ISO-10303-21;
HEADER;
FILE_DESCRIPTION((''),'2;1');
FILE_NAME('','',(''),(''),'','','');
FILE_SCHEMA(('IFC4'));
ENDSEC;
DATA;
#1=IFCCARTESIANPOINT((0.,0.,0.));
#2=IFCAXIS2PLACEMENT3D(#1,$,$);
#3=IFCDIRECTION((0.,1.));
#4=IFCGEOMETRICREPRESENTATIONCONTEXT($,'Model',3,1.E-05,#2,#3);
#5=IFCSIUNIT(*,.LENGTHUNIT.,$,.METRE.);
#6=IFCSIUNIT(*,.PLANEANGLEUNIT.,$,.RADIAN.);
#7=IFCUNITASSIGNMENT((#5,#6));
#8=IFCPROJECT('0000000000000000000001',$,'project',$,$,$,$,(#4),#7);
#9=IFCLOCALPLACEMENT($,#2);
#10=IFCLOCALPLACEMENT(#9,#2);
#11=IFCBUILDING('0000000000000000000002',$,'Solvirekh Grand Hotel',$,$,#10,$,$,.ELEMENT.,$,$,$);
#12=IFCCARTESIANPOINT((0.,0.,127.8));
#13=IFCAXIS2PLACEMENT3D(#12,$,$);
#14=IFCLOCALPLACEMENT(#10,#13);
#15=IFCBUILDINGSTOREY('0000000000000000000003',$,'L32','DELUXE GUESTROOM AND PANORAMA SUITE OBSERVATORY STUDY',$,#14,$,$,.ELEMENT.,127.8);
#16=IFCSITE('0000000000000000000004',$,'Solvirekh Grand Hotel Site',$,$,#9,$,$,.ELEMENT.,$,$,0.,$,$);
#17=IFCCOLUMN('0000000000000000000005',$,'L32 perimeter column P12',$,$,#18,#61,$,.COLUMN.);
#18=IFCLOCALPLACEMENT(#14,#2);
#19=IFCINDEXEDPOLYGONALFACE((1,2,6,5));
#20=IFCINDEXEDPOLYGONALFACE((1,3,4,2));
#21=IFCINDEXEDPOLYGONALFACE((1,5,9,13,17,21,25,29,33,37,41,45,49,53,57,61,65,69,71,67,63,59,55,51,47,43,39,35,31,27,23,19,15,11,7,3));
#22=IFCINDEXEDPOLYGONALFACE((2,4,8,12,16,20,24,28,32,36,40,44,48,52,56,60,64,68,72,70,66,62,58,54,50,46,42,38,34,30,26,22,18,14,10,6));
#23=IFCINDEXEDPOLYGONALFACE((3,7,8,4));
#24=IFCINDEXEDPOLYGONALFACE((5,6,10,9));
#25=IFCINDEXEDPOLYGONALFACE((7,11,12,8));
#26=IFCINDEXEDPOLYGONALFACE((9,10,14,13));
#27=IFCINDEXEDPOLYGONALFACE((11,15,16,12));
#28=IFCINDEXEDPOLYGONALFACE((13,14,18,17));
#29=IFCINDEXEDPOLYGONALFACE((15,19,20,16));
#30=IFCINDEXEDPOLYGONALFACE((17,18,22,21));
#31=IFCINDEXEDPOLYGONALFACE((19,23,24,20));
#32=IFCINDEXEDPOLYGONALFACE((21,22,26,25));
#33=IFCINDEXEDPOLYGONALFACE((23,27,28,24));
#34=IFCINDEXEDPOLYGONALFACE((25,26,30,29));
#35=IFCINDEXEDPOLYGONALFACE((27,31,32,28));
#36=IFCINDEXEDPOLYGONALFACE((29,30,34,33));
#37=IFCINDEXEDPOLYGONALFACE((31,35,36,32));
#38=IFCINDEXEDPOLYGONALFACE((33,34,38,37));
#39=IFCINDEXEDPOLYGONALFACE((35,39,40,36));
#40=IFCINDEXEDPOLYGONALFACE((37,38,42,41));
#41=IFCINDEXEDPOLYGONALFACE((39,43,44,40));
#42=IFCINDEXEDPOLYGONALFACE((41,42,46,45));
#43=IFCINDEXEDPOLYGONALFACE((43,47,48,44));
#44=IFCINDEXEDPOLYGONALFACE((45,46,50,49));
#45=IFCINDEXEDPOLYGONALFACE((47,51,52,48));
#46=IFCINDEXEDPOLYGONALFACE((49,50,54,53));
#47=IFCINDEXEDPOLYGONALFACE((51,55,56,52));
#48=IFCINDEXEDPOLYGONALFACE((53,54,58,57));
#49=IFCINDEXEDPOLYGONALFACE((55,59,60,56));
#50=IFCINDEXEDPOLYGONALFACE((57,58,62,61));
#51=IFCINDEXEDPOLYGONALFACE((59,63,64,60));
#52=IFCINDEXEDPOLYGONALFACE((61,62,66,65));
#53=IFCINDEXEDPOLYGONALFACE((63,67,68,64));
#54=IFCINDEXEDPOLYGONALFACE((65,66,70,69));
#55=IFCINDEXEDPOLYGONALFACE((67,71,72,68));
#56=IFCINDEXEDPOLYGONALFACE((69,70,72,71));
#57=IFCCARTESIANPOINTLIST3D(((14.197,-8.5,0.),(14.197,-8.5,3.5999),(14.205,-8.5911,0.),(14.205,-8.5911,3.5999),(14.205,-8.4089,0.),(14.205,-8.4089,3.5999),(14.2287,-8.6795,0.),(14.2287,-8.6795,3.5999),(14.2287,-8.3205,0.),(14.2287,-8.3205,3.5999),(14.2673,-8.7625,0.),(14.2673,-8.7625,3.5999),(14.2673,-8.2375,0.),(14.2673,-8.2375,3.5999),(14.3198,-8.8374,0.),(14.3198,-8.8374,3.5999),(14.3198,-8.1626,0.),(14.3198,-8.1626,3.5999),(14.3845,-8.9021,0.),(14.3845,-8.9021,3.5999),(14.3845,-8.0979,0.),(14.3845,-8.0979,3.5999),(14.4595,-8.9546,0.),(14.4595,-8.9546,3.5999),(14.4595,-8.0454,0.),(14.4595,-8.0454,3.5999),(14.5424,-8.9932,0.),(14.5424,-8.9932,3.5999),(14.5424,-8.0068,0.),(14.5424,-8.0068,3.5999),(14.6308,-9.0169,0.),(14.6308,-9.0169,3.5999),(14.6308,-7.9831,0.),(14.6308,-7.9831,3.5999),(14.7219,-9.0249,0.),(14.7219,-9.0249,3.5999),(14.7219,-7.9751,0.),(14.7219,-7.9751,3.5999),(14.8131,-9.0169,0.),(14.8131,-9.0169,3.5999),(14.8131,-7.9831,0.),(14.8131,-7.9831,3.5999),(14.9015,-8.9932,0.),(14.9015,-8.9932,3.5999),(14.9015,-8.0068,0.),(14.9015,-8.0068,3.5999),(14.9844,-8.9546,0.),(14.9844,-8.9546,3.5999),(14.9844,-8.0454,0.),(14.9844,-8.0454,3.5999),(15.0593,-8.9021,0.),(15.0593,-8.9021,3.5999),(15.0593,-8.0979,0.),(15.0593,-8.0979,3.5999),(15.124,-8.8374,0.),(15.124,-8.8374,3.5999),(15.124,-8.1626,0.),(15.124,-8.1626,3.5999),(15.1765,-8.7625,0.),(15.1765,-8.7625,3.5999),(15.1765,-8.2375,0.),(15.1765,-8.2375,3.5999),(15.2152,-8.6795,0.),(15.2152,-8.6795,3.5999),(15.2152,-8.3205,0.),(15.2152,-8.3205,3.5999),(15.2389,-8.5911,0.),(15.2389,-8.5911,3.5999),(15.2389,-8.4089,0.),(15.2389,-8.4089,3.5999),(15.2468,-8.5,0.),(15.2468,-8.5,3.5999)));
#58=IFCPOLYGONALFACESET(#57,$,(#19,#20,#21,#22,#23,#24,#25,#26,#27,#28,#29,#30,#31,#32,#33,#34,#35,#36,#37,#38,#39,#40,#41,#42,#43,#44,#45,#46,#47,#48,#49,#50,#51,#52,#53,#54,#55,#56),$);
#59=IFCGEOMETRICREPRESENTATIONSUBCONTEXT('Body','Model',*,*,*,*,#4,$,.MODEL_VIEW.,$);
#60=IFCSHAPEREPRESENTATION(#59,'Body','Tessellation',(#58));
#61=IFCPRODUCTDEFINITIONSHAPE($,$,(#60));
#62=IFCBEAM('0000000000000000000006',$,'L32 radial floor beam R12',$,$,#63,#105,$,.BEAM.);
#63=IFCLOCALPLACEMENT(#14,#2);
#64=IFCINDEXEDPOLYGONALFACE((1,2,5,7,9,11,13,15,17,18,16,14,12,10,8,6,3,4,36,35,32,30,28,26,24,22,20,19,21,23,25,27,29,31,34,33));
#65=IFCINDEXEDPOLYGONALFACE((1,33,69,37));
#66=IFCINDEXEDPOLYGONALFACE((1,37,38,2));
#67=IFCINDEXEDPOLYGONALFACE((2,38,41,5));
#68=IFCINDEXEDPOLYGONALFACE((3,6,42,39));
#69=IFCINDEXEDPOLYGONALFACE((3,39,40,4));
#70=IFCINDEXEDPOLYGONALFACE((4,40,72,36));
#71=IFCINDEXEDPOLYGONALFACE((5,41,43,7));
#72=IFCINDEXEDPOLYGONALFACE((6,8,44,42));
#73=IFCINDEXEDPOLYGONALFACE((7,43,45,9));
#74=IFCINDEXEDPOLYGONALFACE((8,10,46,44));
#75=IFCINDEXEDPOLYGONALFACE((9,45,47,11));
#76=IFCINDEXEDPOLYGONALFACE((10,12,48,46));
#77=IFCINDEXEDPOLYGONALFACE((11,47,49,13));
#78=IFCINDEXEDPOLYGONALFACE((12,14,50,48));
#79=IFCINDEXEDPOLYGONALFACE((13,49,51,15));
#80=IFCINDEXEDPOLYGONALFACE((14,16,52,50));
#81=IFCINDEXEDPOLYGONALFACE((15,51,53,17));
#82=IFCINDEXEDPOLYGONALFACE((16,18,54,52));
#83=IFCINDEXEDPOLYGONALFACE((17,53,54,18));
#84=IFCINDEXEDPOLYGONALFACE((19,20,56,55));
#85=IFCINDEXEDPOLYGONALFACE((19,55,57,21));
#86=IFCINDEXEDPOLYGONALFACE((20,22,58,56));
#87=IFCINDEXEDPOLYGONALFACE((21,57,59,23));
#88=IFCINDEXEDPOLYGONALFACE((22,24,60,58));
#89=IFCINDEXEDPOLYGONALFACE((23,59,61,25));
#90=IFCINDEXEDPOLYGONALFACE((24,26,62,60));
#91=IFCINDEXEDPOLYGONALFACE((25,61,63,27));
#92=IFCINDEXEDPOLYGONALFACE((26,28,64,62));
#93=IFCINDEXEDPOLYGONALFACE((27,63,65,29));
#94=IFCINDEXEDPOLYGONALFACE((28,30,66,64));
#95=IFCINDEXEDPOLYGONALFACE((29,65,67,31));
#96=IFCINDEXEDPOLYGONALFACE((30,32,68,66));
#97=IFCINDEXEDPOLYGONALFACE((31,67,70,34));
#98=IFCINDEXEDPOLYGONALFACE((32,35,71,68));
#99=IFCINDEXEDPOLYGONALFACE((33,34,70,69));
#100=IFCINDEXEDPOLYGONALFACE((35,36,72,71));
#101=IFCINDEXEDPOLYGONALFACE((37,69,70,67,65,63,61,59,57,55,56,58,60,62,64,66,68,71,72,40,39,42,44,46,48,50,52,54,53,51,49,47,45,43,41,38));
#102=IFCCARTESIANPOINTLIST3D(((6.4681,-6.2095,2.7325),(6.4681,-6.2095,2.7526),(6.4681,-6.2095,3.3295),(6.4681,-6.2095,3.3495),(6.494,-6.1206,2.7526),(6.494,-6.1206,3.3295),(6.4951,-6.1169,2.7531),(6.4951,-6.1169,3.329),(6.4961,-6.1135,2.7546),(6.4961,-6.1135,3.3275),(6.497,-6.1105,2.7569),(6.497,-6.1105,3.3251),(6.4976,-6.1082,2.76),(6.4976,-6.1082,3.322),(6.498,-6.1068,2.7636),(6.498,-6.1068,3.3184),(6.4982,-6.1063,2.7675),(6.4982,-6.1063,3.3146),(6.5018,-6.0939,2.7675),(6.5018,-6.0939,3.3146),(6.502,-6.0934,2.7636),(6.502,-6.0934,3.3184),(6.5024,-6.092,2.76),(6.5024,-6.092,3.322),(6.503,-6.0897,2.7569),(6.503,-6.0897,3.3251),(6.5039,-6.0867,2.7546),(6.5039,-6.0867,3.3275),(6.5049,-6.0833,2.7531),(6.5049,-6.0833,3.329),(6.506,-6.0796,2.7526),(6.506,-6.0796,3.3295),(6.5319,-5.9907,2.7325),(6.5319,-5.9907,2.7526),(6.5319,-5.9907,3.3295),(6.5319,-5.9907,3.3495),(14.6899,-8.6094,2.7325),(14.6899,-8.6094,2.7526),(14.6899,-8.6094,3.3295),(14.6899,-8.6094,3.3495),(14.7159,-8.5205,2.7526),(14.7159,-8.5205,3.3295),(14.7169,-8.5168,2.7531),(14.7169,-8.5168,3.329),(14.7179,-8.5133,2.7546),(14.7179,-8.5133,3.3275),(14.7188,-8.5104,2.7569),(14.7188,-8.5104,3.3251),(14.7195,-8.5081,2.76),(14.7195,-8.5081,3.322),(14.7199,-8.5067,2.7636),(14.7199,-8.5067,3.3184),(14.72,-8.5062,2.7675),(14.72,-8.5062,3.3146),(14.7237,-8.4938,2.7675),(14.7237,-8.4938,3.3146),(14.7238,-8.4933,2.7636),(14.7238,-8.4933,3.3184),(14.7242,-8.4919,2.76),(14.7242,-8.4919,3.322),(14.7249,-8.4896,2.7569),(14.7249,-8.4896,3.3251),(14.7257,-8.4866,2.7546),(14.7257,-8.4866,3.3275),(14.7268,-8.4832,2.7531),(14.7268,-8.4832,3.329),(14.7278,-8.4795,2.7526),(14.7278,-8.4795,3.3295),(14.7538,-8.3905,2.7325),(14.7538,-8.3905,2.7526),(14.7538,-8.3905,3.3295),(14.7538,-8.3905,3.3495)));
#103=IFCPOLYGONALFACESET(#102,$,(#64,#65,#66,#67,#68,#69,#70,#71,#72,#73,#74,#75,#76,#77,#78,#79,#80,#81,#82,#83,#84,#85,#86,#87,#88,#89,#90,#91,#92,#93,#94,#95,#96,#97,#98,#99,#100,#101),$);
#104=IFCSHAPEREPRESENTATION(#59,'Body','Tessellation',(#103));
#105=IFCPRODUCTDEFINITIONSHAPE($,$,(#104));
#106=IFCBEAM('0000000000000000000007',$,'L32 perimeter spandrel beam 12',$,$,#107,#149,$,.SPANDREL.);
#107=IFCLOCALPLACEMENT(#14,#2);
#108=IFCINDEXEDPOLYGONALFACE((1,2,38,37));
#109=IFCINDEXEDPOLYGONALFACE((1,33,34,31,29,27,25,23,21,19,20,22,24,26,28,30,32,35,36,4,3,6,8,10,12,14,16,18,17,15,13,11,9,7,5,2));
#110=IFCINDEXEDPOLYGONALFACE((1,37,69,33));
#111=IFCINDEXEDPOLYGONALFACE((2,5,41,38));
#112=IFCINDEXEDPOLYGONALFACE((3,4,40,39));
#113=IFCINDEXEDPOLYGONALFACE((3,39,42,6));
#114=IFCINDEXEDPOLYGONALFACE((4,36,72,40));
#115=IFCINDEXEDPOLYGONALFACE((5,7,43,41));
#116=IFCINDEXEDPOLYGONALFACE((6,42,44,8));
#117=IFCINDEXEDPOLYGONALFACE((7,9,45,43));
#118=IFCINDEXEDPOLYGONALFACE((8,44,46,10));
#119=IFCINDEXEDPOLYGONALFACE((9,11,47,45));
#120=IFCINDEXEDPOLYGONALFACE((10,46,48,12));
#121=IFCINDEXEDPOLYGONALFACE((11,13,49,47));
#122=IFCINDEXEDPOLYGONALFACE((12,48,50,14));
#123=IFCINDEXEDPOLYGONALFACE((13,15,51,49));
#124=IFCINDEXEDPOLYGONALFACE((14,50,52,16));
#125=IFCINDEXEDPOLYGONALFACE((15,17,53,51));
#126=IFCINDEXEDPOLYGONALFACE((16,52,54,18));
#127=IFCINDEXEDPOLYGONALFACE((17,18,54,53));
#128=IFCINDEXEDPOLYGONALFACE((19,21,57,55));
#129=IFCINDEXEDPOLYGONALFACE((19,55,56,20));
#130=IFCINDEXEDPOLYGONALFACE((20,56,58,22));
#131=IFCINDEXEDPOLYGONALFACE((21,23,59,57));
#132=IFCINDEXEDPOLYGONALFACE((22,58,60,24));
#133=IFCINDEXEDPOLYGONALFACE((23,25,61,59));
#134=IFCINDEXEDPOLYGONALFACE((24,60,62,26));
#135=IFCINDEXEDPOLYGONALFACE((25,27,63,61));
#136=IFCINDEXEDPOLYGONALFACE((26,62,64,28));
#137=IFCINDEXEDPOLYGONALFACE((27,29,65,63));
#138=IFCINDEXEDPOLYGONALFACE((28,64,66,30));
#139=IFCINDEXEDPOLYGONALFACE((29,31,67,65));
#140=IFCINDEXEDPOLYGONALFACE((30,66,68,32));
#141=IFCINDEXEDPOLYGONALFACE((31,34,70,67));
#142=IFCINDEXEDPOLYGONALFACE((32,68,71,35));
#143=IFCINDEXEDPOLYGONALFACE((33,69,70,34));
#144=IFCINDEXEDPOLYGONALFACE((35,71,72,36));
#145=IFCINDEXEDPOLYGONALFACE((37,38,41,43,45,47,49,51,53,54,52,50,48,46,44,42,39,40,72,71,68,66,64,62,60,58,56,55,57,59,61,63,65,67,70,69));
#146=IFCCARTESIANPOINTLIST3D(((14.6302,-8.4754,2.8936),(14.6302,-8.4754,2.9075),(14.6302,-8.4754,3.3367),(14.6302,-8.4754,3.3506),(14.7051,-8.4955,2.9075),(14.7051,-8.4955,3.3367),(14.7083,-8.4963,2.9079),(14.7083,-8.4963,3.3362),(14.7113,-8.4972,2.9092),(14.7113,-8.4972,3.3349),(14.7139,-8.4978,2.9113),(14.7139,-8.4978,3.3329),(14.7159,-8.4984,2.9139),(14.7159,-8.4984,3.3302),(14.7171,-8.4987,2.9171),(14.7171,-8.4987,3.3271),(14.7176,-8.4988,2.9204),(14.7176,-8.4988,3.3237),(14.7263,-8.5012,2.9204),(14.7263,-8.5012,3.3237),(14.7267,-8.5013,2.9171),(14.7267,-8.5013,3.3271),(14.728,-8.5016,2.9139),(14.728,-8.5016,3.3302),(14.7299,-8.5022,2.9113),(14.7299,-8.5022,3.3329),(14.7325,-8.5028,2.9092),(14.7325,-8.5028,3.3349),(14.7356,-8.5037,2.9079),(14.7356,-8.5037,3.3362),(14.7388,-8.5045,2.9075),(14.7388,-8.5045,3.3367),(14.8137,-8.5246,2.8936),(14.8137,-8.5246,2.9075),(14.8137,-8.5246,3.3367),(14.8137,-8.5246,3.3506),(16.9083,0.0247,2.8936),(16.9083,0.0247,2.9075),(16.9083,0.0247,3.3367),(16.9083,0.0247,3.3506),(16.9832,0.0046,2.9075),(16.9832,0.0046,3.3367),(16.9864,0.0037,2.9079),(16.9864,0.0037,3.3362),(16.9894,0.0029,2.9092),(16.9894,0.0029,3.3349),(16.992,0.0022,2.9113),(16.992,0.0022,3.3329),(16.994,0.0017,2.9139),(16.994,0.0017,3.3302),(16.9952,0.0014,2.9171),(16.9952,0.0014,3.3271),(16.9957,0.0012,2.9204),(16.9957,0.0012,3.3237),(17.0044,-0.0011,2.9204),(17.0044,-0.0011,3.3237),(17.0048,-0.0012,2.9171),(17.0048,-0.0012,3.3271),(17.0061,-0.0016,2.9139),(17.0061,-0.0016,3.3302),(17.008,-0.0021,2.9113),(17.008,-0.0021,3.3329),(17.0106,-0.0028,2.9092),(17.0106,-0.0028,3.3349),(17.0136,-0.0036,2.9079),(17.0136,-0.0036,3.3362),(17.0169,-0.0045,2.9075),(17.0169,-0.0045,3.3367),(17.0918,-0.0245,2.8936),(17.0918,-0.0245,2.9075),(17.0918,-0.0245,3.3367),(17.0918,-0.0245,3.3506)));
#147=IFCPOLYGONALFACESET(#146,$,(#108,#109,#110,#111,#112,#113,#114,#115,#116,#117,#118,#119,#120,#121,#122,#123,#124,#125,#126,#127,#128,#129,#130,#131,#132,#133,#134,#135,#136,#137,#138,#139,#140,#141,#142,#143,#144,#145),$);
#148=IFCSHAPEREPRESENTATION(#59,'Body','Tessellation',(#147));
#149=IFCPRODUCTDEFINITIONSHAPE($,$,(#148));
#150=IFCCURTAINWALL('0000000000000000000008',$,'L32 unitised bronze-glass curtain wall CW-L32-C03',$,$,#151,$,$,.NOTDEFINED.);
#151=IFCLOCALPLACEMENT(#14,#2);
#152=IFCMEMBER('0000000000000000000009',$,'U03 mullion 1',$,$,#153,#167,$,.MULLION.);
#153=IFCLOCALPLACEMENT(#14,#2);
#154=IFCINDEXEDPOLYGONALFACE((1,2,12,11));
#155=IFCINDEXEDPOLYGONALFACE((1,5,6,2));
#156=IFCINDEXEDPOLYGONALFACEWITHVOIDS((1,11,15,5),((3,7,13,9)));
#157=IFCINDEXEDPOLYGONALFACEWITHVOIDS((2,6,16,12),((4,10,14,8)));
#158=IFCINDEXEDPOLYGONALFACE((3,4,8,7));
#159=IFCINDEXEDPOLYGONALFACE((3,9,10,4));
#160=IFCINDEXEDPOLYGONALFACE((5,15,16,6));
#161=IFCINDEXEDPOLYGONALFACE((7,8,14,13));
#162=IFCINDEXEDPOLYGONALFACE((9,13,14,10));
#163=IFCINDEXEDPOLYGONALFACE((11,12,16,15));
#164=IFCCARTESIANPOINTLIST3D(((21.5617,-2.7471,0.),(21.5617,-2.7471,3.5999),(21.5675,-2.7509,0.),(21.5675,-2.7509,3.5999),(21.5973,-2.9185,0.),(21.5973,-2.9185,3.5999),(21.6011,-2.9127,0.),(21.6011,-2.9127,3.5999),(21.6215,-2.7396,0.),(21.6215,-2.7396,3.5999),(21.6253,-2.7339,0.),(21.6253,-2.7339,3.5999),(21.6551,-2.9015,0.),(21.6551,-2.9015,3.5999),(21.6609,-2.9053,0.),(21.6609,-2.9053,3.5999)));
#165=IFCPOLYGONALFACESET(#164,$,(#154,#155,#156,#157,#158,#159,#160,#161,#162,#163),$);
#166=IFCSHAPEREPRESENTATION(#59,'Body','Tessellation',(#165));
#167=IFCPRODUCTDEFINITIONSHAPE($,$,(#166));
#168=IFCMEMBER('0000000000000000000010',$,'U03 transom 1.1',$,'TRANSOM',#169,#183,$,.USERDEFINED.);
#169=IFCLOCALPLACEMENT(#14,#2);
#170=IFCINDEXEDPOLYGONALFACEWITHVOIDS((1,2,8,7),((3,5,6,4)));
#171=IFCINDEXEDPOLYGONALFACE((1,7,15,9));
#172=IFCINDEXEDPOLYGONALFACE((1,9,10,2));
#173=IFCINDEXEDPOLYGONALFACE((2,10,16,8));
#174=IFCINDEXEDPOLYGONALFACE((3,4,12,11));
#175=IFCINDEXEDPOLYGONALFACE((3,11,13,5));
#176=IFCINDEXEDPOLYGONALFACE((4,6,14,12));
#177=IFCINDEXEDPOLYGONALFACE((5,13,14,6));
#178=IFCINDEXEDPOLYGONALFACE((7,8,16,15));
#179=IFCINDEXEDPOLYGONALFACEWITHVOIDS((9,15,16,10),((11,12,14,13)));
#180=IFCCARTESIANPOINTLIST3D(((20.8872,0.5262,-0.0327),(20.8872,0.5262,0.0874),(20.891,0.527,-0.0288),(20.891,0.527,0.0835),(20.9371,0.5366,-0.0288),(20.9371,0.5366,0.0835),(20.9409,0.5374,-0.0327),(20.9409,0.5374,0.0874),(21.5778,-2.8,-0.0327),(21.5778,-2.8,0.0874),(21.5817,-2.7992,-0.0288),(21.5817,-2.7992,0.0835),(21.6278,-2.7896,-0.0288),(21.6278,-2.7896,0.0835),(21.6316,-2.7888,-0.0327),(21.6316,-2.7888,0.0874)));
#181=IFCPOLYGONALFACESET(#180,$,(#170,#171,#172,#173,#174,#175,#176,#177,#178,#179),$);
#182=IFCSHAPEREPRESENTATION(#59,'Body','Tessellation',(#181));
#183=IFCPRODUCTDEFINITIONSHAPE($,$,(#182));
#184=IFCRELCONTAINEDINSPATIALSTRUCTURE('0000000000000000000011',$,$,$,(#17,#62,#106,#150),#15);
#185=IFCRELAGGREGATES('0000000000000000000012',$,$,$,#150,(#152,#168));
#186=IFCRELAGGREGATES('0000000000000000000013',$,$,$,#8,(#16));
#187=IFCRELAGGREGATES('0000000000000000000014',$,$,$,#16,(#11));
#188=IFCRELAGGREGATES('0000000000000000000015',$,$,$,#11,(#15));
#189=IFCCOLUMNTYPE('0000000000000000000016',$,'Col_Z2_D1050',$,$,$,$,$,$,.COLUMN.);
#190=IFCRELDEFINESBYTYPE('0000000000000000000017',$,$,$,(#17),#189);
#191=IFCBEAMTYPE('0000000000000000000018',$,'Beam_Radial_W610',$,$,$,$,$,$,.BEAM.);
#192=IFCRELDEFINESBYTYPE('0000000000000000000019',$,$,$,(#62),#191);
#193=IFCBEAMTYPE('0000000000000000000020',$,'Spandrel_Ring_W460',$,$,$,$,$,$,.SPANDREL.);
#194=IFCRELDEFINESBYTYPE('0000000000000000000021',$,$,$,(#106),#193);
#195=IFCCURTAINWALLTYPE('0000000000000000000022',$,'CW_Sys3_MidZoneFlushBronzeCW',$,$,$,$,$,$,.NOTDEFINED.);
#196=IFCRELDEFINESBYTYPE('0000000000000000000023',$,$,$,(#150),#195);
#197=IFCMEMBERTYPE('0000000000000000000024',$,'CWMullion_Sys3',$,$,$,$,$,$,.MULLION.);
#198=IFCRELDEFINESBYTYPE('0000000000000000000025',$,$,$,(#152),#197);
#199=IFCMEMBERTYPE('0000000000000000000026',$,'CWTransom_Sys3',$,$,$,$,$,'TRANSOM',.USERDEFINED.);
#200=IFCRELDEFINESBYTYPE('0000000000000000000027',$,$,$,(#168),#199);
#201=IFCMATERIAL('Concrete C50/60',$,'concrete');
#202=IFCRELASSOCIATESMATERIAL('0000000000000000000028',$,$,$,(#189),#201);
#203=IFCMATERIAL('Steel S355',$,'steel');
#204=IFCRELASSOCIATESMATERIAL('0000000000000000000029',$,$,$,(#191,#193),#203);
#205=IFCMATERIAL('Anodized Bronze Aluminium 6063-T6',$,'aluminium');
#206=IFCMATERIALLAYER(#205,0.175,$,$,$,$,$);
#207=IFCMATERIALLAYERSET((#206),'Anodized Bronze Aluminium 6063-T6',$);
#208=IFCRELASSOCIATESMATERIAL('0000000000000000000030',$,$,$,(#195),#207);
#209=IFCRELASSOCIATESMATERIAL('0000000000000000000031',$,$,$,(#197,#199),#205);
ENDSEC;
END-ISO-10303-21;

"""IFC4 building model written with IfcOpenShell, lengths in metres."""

from ifc_helpers import new_model, si_unit, direction, frame, origin, origin_2d, place, context, subcontext, project, spatial, hollow_rectangle, circle, i_section, extrude, source, transform, mapped, material, layer, layer_set, material_profile, profile_set, type_object, element, aggregate, save


model = new_model("IFC4")

# Units and contexts
model_context = context("Model", 3, precision=1e-05, world=origin(), true_north=direction((0.0, 1.0)))
body_context = subcontext(model_context, "Body", "Model", "MODEL_VIEW")
ifc_project = project(units=[si_unit("LENGTHUNIT", "METRE"), si_unit("PLANEANGLEUNIT", "RADIAN")], contexts=[model_context])

# Site, building, storey
site_placement = place(None, origin())
site = spatial("IfcSite", under=ifc_project, at=site_placement, Name="Solvirekh Grand Hotel Site", CompositionType="ELEMENT", RefElevation=0.0)
building_placement = place(site_placement, origin())
building = spatial("IfcBuilding", under=site, at=building_placement, Name="Solvirekh Grand Hotel", CompositionType="ELEMENT")
storey_placement = place(building_placement, frame((0.0, 0.0, 127.8)))
storey = spatial("IfcBuildingStorey", under=building, at=storey_placement, Name="L32", Description="DELUXE GUESTROOM AND PANORAMA SUITE OBSERVATORY STUDY", CompositionType="ELEMENT", Elevation=127.8)

# Column
ifc_material_1 = material(Name="Concrete C50/60", Category="concrete")
ifc_material_profile_1 = material_profile(ifc_material_1, circle(Radius=0.5249, at=origin_2d()), Name="RC CIRC D1050")
ifc_profile_set_1 = profile_set([ifc_material_profile_1], Name="Concrete C50/60")
column_type = type_object("IfcColumnType", Name="Col_Z2_D1050", PredefinedType="COLUMN", material=ifc_profile_set_1)
column_placement = place(storey_placement, frame((14.7219, -8.5, 0.0), z_axis=(0.0, 0.0, 1.0), x_axis=(1.0, 0.0, 0.0)))
element("IfcColumn", 1, at=column_placement, inside=storey, type_object=column_type, Name="L32 perimeter column P12", PredefinedType="COLUMN", context=body_context, shape_type="SweptSolid", body=[
    extrude(circle(Radius=0.5249, at=origin_2d()), origin(), (0.0, 0.0, 1.0), 3.5999),
])

# Beams
ifc_material_2 = material(Name="Steel S355", Category="steel")
ifc_material_profile_2 = material_profile(ifc_material_2, i_section(OverallWidth=0.228, OverallDepth=0.6169, WebThickness=0.0129, FlangeThickness=0.02, FilletRadius=0.0149, at=origin_2d()), Name="W610X140")
ifc_profile_set_2 = profile_set([ifc_material_profile_2], Name="Steel S355")
beam_type_1 = type_object("IfcBeamType", Name="Beam_Radial_W610", PredefinedType="BEAM", material=ifc_profile_set_2)
beam_1_placement = place(storey_placement, frame((6.5, -6.1001, 3.041), z_axis=(0.959942, -0.280198, 0.0), x_axis=(0.280198, 0.959942, 0.0)))
element("IfcBeam", 2, at=beam_1_placement, inside=storey, type_object=beam_type_1, Name="L32 radial floor beam R12", PredefinedType="BEAM", context=body_context, shape_type="SweptSolid", body=[
    extrude(i_section(OverallWidth=0.228, OverallDepth=0.6169, WebThickness=0.0129, FlangeThickness=0.02, FilletRadius=0.0149, at=origin_2d()), origin(), (0.0, 0.0, 1.0), 8.5649),
])
ifc_material_profile_3 = material_profile(ifc_material_2, i_section(OverallWidth=0.1899, OverallDepth=0.457, WebThickness=0.009, FlangeThickness=0.0139, FilletRadius=0.0129, at=origin_2d()), Name="W460X74")
ifc_profile_set_3 = profile_set([ifc_material_profile_3], Name="Steel S355")
beam_type_2 = type_object("IfcBeamType", Name="Spandrel_Ring_W460", PredefinedType="SPANDREL", material=ifc_profile_set_3)
beam_2_placement = place(storey_placement, frame((14.7219, -8.5, 3.1221), z_axis=(0.258873, 0.965911, 0.0), x_axis=(-0.965911, 0.258873, 0.0)))
element("IfcBeam", 3, at=beam_2_placement, inside=storey, type_object=beam_type_2, Name="L32 perimeter spandrel beam 12", PredefinedType="SPANDREL", context=body_context, shape_type="SweptSolid", body=[
    extrude(i_section(OverallWidth=0.1899, OverallDepth=0.457, WebThickness=0.009, FlangeThickness=0.0139, FilletRadius=0.0129, at=origin_2d()), origin(), (0.0, 0.0, 1.0), 8.8),
])

# Curtain wall, members
ifc_material_3 = material(Name="Anodized Bronze Aluminium 6063-T6", Category="aluminium")
ifc_layer_1 = layer(ifc_material_3, 0.175)
ifc_layer_set_1 = layer_set([ifc_layer_1], Name="Anodized Bronze Aluminium 6063-T6")
curtain_wall_type = type_object("IfcCurtainWallType", Name="CW_Sys3_MidZoneFlushBronzeCW", PredefinedType="NOTDEFINED", material=ifc_layer_set_1)
curtain_wall_placement = place(storey_placement, origin())
curtain_wall = element("IfcCurtainWall", 4, at=curtain_wall_placement, inside=storey, type_object=curtain_wall_type, Name="L32 unitised bronze-glass curtain wall CW-L32-C03", PredefinedType="NOTDEFINED")
ifc_material_profile_4 = material_profile(ifc_material_3, hollow_rectangle(XDim=0.0649, YDim=0.175, WallThickness=0.0049, at=origin_2d()), Name="ALU RHS 175X65X5")
ifc_profile_set_4 = profile_set([ifc_material_profile_4], Name="Anodized Bronze Aluminium 6063-T6")
member_type_1 = type_object("IfcMemberType", Name="CWMullion_Sys3", PredefinedType="MULLION", material=ifc_profile_set_4)
shared_shape_1 = source(origin(), body_context, "Body", "SweptSolid", [
    extrude(hollow_rectangle(XDim=0.0649, YDim=0.175, WallThickness=0.0049, at=origin_2d()), origin(), (0.0, 0.0, 1.0), 3.5999),
])
member_1_placement = place(storey_placement, frame((21.6113, -2.8262, 0.0), z_axis=(0.0, 0.0, 1.0), x_axis=(-0.979112, -0.20332, 0.0)))
member_1 = element("IfcMember", 5, at=member_1_placement, type_object=member_type_1, Name="U03 mullion 1", PredefinedType="MULLION", context=body_context, shape_type="MappedRepresentation", body=[
    mapped(shared_shape_1, transform((0.0, 0.0, 0.0), x_axis=(1.0, 0.0, 0.0), y_axis=(0.0, 1.0, 0.0), z_axis=(0.0, 0.0, 1.0), scale=1.0)),
])
ifc_material_profile_5 = material_profile(ifc_material_3, hollow_rectangle(XDim=0.0549, YDim=0.1201, WallThickness=0.0039, at=origin_2d()), Name="ALU RHS 120X55X4")
ifc_profile_set_5 = profile_set([ifc_material_profile_5], Name="Anodized Bronze Aluminium 6063-T6")
member_type_2 = type_object("IfcMemberType", Name="CWTransom_Sys3", ElementType="TRANSOM", PredefinedType="USERDEFINED", material=ifc_profile_set_5)
shared_shape_2 = source(origin(), body_context, "Body", "SweptSolid", [
    extrude(hollow_rectangle(XDim=0.0549, YDim=0.1201, WallThickness=0.0039, at=origin_2d()), origin(), (0.0, 0.0, 1.0), 3.3972),
])
member_2_placement = place(storey_placement, frame((21.6047, -2.7944, 0.0273), z_axis=(-0.203311, 0.979114, 0.0), x_axis=(-0.979114, -0.203311, 0.0)))
member_2 = element("IfcMember", 6, at=member_2_placement, type_object=member_type_2, Name="U03 transom 1.1", ObjectType="TRANSOM", PredefinedType="USERDEFINED", context=body_context, shape_type="MappedRepresentation", body=[
    mapped(shared_shape_2, transform((0.0, 0.0, 0.0), x_axis=(1.0, 0.0, 0.0), y_axis=(0.0, 1.0, 0.0), z_axis=(0.0, 0.0, 1.0), scale=1.0)),
])
aggregate(curtain_wall, [member_1, member_2])

save(model, "model.ifc")
